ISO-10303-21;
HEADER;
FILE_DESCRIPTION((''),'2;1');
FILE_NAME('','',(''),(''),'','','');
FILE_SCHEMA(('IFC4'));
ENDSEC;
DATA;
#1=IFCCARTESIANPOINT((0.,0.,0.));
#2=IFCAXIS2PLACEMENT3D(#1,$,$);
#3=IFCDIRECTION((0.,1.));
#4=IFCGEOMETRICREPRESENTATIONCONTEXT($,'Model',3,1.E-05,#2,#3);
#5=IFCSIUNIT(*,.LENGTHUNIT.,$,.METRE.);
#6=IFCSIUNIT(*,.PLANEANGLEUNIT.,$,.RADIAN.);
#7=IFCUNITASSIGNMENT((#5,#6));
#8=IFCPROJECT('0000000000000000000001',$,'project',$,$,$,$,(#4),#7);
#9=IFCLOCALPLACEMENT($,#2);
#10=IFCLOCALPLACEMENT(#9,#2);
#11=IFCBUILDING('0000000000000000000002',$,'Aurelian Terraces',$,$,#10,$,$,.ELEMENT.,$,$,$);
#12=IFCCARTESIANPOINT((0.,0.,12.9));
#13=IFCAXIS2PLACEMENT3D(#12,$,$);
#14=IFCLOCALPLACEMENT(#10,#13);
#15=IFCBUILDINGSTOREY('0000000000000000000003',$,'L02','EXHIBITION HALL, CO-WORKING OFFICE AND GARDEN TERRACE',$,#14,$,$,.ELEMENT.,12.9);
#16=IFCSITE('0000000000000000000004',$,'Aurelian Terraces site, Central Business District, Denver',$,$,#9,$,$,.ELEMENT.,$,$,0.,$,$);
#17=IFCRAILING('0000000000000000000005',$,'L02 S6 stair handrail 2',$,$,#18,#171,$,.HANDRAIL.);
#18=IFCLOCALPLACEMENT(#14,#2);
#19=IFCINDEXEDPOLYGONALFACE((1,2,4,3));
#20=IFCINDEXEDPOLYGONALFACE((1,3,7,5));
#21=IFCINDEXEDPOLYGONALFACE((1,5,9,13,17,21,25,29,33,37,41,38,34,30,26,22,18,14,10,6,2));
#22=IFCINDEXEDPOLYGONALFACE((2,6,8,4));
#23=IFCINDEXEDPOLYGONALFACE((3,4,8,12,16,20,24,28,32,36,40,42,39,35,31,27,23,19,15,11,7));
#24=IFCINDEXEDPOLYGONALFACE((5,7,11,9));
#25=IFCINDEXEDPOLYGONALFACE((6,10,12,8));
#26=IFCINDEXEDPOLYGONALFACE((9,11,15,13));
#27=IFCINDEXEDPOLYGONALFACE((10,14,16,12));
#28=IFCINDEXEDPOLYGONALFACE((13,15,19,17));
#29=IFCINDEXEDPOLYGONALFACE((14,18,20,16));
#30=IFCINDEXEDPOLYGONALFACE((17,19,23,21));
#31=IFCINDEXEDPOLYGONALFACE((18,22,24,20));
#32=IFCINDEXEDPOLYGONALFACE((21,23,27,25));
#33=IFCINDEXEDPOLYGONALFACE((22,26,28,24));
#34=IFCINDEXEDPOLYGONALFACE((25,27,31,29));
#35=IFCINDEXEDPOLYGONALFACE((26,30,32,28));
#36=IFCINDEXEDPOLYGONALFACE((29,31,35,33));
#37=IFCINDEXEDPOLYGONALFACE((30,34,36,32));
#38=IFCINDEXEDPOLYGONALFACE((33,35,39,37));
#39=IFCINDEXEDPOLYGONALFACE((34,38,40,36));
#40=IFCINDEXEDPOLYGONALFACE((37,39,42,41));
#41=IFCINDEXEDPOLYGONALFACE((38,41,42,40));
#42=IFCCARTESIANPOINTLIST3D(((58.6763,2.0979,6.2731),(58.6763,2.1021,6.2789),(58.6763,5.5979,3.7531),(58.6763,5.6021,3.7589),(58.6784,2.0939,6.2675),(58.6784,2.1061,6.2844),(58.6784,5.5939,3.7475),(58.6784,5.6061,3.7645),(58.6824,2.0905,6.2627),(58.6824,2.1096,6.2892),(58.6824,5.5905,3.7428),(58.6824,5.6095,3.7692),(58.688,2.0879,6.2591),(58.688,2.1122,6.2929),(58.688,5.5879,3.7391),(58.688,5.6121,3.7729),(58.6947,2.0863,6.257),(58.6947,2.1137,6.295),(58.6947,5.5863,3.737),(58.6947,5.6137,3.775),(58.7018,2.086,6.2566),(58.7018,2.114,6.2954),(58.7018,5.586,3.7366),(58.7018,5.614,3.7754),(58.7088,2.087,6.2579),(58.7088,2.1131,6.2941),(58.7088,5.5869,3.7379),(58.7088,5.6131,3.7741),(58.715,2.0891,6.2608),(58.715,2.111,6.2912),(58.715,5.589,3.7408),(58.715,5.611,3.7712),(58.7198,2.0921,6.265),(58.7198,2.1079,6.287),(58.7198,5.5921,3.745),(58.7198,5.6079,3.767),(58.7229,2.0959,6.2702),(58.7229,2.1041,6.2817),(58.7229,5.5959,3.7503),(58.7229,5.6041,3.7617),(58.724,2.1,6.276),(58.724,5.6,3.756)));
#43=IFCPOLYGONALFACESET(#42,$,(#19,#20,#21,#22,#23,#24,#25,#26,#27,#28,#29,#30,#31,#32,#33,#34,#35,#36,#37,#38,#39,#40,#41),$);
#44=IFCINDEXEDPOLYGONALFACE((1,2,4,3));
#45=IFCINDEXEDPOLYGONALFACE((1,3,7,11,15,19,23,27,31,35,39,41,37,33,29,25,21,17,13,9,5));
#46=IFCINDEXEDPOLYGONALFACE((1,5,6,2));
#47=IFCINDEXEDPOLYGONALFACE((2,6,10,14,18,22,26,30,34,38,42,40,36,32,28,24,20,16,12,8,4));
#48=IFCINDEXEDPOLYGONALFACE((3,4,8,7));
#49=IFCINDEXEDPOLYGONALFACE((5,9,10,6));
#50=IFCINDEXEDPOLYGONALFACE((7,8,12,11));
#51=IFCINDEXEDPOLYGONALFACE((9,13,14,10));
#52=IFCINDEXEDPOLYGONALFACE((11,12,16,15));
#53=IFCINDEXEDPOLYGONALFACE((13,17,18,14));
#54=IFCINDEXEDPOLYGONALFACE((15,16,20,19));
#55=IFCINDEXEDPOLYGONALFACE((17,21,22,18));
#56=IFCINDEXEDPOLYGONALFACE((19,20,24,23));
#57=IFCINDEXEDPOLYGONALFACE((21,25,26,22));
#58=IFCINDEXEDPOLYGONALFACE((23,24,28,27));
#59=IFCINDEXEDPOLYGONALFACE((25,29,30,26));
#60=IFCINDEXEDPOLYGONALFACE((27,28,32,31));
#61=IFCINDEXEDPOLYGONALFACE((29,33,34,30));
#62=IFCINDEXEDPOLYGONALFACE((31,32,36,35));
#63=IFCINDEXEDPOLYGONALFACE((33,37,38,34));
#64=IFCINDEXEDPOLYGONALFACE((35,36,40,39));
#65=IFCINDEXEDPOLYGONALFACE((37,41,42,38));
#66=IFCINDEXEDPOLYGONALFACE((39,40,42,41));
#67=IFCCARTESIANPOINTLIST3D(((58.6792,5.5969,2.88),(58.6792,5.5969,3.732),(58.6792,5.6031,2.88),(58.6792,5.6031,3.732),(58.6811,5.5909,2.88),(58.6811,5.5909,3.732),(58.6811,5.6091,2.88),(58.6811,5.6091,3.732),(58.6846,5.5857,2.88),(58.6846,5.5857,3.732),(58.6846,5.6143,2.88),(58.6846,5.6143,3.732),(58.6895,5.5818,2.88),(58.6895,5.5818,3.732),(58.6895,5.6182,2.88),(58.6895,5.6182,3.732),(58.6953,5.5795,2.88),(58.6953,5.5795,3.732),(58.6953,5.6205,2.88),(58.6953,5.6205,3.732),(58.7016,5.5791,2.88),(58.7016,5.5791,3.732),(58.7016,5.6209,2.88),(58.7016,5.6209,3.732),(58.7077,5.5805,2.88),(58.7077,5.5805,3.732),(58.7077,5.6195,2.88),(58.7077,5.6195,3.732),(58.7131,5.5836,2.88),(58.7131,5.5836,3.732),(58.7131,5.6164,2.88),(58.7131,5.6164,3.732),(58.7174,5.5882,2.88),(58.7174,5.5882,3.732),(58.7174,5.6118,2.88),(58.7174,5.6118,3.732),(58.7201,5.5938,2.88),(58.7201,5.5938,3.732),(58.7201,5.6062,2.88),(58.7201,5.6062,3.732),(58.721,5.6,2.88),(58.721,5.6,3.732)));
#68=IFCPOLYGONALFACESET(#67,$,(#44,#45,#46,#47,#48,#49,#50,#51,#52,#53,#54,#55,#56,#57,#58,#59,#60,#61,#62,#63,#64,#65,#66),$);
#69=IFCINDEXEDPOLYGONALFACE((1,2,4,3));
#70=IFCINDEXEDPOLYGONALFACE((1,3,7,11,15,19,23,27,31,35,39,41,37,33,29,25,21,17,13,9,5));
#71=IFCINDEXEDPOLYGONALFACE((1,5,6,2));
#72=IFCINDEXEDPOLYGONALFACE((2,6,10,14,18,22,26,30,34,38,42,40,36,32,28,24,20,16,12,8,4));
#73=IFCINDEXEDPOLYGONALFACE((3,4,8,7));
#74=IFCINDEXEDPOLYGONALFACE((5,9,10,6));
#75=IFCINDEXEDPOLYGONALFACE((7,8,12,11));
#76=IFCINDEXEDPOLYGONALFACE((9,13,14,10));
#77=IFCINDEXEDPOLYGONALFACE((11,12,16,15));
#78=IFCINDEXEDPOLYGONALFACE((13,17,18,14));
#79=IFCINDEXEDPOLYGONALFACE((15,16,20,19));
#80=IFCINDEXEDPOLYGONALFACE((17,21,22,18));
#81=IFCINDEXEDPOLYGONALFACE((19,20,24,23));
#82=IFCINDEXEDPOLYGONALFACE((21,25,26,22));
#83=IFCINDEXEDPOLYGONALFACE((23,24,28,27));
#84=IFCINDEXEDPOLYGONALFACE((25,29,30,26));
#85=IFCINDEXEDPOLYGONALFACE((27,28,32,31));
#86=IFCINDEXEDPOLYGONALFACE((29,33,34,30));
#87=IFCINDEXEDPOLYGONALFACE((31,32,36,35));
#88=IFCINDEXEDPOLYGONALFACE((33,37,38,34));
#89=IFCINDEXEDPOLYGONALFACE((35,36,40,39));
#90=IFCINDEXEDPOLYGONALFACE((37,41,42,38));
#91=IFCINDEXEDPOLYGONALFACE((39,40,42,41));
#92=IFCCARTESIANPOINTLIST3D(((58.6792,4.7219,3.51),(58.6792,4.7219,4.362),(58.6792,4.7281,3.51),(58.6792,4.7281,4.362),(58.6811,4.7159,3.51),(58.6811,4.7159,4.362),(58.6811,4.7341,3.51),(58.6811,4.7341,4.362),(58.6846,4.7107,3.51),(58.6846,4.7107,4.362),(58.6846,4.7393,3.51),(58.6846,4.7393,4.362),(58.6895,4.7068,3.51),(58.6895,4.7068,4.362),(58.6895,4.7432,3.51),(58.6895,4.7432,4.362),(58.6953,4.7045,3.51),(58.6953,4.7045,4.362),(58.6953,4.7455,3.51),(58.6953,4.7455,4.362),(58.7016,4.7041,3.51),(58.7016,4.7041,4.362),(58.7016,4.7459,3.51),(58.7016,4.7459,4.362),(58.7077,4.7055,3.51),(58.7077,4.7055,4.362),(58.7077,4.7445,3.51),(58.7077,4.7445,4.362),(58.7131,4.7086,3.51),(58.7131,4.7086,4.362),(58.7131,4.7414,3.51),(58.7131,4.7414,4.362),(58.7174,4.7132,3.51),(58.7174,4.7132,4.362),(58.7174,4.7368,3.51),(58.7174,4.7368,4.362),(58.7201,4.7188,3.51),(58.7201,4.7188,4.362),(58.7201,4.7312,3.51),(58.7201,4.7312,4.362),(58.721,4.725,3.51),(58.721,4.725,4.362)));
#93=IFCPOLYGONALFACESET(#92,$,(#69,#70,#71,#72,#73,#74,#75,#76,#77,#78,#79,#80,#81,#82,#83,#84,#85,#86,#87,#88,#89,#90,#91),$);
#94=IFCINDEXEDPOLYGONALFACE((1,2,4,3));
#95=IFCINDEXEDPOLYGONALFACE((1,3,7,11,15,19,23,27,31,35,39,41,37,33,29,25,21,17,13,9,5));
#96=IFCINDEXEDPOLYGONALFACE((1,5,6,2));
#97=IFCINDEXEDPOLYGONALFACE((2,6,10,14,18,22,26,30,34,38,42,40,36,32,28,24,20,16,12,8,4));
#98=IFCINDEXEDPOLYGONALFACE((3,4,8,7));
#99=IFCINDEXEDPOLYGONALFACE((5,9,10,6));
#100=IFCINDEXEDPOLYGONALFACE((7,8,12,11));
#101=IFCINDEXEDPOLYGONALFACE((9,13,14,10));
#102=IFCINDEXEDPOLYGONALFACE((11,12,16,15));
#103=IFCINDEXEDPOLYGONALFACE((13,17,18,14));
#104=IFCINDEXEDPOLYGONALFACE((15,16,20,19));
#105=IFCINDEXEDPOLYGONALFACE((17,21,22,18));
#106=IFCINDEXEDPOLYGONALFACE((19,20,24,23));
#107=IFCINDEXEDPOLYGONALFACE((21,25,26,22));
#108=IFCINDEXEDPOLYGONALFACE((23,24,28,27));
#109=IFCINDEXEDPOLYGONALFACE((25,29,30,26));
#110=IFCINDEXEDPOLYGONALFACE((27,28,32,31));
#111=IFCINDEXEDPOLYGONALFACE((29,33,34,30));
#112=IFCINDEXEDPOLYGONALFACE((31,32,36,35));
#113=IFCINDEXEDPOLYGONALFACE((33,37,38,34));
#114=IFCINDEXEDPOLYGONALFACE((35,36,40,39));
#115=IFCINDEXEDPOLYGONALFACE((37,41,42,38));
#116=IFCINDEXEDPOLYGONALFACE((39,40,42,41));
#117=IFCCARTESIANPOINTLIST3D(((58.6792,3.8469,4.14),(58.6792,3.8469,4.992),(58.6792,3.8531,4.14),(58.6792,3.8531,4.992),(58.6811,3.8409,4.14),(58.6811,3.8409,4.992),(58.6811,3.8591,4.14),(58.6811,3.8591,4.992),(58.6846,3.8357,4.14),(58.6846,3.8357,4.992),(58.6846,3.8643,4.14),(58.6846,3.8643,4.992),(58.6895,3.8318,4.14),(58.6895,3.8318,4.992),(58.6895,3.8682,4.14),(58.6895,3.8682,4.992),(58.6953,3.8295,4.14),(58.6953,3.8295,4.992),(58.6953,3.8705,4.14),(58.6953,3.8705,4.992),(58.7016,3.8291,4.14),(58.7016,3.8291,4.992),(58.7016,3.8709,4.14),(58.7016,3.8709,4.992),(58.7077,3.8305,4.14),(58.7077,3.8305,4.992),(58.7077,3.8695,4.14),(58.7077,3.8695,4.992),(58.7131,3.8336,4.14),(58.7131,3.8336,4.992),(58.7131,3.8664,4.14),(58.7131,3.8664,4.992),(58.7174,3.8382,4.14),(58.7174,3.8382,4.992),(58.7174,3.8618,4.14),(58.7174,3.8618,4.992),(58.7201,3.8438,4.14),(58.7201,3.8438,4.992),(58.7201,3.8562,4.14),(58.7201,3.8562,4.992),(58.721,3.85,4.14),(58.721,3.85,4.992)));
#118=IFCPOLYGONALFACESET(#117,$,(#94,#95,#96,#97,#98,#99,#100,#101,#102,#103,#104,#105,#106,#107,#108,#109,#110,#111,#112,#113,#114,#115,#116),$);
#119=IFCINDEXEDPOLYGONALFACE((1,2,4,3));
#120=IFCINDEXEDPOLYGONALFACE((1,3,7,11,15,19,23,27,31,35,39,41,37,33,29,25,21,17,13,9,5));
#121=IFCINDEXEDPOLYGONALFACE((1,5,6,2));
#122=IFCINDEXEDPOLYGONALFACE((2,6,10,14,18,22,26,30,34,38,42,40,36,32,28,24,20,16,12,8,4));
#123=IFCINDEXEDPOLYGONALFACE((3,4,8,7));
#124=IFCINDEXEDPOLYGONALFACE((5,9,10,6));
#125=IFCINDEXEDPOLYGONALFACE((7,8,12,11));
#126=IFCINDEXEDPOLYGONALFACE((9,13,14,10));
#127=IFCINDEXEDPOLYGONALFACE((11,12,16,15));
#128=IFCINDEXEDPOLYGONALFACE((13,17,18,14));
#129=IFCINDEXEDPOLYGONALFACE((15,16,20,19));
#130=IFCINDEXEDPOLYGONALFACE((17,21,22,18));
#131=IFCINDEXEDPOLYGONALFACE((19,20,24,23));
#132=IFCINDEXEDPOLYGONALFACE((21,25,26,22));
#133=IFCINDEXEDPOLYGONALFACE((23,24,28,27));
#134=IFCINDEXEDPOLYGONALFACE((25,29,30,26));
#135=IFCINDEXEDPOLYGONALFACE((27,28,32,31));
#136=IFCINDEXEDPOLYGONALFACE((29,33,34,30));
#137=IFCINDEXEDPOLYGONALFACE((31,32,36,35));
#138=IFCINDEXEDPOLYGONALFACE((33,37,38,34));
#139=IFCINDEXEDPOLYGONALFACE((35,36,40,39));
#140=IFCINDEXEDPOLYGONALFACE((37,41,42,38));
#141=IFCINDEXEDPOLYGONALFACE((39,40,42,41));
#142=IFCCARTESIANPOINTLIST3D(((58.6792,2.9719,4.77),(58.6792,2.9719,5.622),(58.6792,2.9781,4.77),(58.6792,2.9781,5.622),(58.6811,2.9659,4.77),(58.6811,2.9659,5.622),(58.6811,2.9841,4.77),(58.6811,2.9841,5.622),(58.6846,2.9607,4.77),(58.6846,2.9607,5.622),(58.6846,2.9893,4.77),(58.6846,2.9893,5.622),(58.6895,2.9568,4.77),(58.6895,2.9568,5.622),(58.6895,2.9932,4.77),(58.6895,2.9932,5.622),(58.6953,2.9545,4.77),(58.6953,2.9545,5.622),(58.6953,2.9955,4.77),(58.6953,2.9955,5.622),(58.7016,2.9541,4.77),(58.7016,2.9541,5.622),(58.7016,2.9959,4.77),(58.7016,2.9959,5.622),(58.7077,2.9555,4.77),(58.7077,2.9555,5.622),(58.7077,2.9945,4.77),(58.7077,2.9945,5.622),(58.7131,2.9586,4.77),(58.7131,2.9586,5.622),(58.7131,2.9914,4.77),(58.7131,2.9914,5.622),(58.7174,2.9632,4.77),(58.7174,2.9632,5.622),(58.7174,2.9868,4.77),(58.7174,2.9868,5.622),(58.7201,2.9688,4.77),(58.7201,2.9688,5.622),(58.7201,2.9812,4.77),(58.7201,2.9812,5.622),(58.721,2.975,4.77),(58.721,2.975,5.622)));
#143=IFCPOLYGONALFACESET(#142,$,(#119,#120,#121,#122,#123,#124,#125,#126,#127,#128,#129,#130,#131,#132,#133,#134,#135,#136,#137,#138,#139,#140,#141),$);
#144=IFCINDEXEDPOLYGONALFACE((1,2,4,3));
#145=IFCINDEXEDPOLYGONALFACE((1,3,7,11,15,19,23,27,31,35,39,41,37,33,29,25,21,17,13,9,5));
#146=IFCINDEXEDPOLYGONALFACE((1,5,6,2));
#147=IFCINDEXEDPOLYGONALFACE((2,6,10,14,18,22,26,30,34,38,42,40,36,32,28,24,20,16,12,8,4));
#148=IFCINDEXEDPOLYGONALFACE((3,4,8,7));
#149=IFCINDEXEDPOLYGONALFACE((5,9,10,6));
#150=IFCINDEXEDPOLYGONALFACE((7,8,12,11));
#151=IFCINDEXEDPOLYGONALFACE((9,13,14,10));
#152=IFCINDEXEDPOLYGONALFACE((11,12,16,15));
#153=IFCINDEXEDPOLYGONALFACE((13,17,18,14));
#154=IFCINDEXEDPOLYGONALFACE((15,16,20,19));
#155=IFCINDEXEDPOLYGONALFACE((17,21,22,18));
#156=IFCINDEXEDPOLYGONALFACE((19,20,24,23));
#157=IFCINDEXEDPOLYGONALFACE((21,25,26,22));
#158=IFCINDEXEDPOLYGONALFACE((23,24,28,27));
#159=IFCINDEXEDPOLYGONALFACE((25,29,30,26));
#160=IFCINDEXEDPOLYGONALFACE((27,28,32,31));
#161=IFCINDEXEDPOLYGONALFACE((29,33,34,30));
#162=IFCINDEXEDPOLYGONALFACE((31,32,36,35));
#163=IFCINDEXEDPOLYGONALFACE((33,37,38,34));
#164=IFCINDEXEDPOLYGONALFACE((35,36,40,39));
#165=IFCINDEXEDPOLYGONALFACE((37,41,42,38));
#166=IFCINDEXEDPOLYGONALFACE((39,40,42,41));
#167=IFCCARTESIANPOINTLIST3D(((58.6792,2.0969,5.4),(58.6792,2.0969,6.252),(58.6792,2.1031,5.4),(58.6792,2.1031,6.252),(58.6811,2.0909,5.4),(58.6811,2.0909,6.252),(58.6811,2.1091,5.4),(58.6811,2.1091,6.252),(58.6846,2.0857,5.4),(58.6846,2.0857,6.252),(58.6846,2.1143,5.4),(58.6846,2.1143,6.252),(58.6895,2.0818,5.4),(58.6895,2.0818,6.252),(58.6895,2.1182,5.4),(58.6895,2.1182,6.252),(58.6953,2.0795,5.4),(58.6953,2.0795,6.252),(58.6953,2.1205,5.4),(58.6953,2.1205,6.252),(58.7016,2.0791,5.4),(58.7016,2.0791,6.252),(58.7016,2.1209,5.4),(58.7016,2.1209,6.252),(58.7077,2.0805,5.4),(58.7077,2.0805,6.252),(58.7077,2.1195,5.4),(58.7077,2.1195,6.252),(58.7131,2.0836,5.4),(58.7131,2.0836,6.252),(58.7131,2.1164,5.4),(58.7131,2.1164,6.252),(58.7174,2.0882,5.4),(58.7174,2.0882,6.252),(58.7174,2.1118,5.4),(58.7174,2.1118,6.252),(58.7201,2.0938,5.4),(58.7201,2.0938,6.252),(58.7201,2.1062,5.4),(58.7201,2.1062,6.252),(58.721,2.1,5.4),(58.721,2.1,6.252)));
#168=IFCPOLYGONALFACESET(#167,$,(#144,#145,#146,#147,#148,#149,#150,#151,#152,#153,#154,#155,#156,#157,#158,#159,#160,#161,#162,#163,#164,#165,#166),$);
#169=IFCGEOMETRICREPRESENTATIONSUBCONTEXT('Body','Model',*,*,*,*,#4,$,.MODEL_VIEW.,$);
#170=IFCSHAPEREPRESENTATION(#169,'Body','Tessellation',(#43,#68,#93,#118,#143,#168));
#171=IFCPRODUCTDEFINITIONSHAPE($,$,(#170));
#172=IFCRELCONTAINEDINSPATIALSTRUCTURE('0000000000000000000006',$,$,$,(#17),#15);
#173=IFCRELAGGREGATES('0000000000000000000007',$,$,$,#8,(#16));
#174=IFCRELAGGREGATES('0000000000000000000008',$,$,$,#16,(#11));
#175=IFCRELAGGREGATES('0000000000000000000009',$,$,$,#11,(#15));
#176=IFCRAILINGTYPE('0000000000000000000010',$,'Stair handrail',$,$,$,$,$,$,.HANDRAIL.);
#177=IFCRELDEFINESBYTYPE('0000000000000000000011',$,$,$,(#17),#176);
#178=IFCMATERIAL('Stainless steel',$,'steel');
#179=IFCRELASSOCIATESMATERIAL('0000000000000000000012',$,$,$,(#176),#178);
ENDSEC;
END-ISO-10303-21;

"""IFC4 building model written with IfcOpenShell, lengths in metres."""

from ifc_helpers import new_model, si_unit, direction, frame, origin, origin_2d, place, context, subcontext, project, spatial, circle, extrude, source, transform, mapped, material, type_object, element, save


model = new_model("IFC4")

# Units and contexts
model_context = context("Model", 3, precision=1e-05, world=origin(), true_north=direction((0.0, 1.0)))
body_context = subcontext(model_context, "Body", "Model", "MODEL_VIEW")
ifc_project = project(units=[si_unit("LENGTHUNIT", "METRE"), si_unit("PLANEANGLEUNIT", "RADIAN")], contexts=[model_context])

# Site, building, storey
site_placement = place(None, origin())
site = spatial("IfcSite", under=ifc_project, at=site_placement, Name="Aurelian Terraces site, Central Business District, Denver", CompositionType="ELEMENT", RefElevation=0.0)
building_placement = place(site_placement, origin())
building = spatial("IfcBuilding", under=site, at=building_placement, Name="Aurelian Terraces", CompositionType="ELEMENT")
storey_placement = place(building_placement, frame((0.0, 0.0, 12.9)))
storey = spatial("IfcBuildingStorey", under=building, at=storey_placement, Name="L02", Description="EXHIBITION HALL, CO-WORKING OFFICE AND GARDEN TERRACE", CompositionType="ELEMENT", Elevation=12.9)

# Railing
ifc_material_1 = material(Name="Stainless steel", Category="steel")
railing_type = type_object("IfcRailingType", Name="Stair handrail", PredefinedType="HANDRAIL", material=ifc_material_1)
shared_shape_1 = source(origin(), body_context, "Body", "SweptSolid", [
    extrude(circle(Radius=0.024, at=origin_2d()), frame((0.0, 0.0, 0.876), z_axis=(0.0, -0.811534, 0.584305), x_axis=(1.0, 0.0, 0.0)), (0.0, 0.0, 1.0), 4.3128),
    extrude(circle(Radius=0.021, at=origin_2d()), origin(), (0.0, 0.0, 1.0), 0.852),
    extrude(circle(Radius=0.021, at=origin_2d()), frame((0.0, -0.875, 0.63)), (0.0, 0.0, 1.0), 0.852),
    extrude(circle(Radius=0.021, at=origin_2d()), frame((0.0, -1.75, 1.26)), (0.0, 0.0, 1.0), 0.852),
    extrude(circle(Radius=0.021, at=origin_2d()), frame((0.0, -2.625, 1.89)), (0.0, 0.0, 1.0), 0.852),
    extrude(circle(Radius=0.021, at=origin_2d()), frame((0.0, -3.5, 2.52)), (0.0, 0.0, 1.0), 0.852),
])
railing_placement = place(storey_placement, frame((58.7, 5.6, 2.88)))
element("IfcRailing", 1, at=railing_placement, inside=storey, type_object=railing_type, Name="L02 S6 stair handrail 2", PredefinedType="HANDRAIL", context=body_context, shape_type="MappedRepresentation", body=[
    mapped(shared_shape_1, transform((0.0, 0.0, 0.0), scale=1.0)),
])

save(model, "model.ifc")
